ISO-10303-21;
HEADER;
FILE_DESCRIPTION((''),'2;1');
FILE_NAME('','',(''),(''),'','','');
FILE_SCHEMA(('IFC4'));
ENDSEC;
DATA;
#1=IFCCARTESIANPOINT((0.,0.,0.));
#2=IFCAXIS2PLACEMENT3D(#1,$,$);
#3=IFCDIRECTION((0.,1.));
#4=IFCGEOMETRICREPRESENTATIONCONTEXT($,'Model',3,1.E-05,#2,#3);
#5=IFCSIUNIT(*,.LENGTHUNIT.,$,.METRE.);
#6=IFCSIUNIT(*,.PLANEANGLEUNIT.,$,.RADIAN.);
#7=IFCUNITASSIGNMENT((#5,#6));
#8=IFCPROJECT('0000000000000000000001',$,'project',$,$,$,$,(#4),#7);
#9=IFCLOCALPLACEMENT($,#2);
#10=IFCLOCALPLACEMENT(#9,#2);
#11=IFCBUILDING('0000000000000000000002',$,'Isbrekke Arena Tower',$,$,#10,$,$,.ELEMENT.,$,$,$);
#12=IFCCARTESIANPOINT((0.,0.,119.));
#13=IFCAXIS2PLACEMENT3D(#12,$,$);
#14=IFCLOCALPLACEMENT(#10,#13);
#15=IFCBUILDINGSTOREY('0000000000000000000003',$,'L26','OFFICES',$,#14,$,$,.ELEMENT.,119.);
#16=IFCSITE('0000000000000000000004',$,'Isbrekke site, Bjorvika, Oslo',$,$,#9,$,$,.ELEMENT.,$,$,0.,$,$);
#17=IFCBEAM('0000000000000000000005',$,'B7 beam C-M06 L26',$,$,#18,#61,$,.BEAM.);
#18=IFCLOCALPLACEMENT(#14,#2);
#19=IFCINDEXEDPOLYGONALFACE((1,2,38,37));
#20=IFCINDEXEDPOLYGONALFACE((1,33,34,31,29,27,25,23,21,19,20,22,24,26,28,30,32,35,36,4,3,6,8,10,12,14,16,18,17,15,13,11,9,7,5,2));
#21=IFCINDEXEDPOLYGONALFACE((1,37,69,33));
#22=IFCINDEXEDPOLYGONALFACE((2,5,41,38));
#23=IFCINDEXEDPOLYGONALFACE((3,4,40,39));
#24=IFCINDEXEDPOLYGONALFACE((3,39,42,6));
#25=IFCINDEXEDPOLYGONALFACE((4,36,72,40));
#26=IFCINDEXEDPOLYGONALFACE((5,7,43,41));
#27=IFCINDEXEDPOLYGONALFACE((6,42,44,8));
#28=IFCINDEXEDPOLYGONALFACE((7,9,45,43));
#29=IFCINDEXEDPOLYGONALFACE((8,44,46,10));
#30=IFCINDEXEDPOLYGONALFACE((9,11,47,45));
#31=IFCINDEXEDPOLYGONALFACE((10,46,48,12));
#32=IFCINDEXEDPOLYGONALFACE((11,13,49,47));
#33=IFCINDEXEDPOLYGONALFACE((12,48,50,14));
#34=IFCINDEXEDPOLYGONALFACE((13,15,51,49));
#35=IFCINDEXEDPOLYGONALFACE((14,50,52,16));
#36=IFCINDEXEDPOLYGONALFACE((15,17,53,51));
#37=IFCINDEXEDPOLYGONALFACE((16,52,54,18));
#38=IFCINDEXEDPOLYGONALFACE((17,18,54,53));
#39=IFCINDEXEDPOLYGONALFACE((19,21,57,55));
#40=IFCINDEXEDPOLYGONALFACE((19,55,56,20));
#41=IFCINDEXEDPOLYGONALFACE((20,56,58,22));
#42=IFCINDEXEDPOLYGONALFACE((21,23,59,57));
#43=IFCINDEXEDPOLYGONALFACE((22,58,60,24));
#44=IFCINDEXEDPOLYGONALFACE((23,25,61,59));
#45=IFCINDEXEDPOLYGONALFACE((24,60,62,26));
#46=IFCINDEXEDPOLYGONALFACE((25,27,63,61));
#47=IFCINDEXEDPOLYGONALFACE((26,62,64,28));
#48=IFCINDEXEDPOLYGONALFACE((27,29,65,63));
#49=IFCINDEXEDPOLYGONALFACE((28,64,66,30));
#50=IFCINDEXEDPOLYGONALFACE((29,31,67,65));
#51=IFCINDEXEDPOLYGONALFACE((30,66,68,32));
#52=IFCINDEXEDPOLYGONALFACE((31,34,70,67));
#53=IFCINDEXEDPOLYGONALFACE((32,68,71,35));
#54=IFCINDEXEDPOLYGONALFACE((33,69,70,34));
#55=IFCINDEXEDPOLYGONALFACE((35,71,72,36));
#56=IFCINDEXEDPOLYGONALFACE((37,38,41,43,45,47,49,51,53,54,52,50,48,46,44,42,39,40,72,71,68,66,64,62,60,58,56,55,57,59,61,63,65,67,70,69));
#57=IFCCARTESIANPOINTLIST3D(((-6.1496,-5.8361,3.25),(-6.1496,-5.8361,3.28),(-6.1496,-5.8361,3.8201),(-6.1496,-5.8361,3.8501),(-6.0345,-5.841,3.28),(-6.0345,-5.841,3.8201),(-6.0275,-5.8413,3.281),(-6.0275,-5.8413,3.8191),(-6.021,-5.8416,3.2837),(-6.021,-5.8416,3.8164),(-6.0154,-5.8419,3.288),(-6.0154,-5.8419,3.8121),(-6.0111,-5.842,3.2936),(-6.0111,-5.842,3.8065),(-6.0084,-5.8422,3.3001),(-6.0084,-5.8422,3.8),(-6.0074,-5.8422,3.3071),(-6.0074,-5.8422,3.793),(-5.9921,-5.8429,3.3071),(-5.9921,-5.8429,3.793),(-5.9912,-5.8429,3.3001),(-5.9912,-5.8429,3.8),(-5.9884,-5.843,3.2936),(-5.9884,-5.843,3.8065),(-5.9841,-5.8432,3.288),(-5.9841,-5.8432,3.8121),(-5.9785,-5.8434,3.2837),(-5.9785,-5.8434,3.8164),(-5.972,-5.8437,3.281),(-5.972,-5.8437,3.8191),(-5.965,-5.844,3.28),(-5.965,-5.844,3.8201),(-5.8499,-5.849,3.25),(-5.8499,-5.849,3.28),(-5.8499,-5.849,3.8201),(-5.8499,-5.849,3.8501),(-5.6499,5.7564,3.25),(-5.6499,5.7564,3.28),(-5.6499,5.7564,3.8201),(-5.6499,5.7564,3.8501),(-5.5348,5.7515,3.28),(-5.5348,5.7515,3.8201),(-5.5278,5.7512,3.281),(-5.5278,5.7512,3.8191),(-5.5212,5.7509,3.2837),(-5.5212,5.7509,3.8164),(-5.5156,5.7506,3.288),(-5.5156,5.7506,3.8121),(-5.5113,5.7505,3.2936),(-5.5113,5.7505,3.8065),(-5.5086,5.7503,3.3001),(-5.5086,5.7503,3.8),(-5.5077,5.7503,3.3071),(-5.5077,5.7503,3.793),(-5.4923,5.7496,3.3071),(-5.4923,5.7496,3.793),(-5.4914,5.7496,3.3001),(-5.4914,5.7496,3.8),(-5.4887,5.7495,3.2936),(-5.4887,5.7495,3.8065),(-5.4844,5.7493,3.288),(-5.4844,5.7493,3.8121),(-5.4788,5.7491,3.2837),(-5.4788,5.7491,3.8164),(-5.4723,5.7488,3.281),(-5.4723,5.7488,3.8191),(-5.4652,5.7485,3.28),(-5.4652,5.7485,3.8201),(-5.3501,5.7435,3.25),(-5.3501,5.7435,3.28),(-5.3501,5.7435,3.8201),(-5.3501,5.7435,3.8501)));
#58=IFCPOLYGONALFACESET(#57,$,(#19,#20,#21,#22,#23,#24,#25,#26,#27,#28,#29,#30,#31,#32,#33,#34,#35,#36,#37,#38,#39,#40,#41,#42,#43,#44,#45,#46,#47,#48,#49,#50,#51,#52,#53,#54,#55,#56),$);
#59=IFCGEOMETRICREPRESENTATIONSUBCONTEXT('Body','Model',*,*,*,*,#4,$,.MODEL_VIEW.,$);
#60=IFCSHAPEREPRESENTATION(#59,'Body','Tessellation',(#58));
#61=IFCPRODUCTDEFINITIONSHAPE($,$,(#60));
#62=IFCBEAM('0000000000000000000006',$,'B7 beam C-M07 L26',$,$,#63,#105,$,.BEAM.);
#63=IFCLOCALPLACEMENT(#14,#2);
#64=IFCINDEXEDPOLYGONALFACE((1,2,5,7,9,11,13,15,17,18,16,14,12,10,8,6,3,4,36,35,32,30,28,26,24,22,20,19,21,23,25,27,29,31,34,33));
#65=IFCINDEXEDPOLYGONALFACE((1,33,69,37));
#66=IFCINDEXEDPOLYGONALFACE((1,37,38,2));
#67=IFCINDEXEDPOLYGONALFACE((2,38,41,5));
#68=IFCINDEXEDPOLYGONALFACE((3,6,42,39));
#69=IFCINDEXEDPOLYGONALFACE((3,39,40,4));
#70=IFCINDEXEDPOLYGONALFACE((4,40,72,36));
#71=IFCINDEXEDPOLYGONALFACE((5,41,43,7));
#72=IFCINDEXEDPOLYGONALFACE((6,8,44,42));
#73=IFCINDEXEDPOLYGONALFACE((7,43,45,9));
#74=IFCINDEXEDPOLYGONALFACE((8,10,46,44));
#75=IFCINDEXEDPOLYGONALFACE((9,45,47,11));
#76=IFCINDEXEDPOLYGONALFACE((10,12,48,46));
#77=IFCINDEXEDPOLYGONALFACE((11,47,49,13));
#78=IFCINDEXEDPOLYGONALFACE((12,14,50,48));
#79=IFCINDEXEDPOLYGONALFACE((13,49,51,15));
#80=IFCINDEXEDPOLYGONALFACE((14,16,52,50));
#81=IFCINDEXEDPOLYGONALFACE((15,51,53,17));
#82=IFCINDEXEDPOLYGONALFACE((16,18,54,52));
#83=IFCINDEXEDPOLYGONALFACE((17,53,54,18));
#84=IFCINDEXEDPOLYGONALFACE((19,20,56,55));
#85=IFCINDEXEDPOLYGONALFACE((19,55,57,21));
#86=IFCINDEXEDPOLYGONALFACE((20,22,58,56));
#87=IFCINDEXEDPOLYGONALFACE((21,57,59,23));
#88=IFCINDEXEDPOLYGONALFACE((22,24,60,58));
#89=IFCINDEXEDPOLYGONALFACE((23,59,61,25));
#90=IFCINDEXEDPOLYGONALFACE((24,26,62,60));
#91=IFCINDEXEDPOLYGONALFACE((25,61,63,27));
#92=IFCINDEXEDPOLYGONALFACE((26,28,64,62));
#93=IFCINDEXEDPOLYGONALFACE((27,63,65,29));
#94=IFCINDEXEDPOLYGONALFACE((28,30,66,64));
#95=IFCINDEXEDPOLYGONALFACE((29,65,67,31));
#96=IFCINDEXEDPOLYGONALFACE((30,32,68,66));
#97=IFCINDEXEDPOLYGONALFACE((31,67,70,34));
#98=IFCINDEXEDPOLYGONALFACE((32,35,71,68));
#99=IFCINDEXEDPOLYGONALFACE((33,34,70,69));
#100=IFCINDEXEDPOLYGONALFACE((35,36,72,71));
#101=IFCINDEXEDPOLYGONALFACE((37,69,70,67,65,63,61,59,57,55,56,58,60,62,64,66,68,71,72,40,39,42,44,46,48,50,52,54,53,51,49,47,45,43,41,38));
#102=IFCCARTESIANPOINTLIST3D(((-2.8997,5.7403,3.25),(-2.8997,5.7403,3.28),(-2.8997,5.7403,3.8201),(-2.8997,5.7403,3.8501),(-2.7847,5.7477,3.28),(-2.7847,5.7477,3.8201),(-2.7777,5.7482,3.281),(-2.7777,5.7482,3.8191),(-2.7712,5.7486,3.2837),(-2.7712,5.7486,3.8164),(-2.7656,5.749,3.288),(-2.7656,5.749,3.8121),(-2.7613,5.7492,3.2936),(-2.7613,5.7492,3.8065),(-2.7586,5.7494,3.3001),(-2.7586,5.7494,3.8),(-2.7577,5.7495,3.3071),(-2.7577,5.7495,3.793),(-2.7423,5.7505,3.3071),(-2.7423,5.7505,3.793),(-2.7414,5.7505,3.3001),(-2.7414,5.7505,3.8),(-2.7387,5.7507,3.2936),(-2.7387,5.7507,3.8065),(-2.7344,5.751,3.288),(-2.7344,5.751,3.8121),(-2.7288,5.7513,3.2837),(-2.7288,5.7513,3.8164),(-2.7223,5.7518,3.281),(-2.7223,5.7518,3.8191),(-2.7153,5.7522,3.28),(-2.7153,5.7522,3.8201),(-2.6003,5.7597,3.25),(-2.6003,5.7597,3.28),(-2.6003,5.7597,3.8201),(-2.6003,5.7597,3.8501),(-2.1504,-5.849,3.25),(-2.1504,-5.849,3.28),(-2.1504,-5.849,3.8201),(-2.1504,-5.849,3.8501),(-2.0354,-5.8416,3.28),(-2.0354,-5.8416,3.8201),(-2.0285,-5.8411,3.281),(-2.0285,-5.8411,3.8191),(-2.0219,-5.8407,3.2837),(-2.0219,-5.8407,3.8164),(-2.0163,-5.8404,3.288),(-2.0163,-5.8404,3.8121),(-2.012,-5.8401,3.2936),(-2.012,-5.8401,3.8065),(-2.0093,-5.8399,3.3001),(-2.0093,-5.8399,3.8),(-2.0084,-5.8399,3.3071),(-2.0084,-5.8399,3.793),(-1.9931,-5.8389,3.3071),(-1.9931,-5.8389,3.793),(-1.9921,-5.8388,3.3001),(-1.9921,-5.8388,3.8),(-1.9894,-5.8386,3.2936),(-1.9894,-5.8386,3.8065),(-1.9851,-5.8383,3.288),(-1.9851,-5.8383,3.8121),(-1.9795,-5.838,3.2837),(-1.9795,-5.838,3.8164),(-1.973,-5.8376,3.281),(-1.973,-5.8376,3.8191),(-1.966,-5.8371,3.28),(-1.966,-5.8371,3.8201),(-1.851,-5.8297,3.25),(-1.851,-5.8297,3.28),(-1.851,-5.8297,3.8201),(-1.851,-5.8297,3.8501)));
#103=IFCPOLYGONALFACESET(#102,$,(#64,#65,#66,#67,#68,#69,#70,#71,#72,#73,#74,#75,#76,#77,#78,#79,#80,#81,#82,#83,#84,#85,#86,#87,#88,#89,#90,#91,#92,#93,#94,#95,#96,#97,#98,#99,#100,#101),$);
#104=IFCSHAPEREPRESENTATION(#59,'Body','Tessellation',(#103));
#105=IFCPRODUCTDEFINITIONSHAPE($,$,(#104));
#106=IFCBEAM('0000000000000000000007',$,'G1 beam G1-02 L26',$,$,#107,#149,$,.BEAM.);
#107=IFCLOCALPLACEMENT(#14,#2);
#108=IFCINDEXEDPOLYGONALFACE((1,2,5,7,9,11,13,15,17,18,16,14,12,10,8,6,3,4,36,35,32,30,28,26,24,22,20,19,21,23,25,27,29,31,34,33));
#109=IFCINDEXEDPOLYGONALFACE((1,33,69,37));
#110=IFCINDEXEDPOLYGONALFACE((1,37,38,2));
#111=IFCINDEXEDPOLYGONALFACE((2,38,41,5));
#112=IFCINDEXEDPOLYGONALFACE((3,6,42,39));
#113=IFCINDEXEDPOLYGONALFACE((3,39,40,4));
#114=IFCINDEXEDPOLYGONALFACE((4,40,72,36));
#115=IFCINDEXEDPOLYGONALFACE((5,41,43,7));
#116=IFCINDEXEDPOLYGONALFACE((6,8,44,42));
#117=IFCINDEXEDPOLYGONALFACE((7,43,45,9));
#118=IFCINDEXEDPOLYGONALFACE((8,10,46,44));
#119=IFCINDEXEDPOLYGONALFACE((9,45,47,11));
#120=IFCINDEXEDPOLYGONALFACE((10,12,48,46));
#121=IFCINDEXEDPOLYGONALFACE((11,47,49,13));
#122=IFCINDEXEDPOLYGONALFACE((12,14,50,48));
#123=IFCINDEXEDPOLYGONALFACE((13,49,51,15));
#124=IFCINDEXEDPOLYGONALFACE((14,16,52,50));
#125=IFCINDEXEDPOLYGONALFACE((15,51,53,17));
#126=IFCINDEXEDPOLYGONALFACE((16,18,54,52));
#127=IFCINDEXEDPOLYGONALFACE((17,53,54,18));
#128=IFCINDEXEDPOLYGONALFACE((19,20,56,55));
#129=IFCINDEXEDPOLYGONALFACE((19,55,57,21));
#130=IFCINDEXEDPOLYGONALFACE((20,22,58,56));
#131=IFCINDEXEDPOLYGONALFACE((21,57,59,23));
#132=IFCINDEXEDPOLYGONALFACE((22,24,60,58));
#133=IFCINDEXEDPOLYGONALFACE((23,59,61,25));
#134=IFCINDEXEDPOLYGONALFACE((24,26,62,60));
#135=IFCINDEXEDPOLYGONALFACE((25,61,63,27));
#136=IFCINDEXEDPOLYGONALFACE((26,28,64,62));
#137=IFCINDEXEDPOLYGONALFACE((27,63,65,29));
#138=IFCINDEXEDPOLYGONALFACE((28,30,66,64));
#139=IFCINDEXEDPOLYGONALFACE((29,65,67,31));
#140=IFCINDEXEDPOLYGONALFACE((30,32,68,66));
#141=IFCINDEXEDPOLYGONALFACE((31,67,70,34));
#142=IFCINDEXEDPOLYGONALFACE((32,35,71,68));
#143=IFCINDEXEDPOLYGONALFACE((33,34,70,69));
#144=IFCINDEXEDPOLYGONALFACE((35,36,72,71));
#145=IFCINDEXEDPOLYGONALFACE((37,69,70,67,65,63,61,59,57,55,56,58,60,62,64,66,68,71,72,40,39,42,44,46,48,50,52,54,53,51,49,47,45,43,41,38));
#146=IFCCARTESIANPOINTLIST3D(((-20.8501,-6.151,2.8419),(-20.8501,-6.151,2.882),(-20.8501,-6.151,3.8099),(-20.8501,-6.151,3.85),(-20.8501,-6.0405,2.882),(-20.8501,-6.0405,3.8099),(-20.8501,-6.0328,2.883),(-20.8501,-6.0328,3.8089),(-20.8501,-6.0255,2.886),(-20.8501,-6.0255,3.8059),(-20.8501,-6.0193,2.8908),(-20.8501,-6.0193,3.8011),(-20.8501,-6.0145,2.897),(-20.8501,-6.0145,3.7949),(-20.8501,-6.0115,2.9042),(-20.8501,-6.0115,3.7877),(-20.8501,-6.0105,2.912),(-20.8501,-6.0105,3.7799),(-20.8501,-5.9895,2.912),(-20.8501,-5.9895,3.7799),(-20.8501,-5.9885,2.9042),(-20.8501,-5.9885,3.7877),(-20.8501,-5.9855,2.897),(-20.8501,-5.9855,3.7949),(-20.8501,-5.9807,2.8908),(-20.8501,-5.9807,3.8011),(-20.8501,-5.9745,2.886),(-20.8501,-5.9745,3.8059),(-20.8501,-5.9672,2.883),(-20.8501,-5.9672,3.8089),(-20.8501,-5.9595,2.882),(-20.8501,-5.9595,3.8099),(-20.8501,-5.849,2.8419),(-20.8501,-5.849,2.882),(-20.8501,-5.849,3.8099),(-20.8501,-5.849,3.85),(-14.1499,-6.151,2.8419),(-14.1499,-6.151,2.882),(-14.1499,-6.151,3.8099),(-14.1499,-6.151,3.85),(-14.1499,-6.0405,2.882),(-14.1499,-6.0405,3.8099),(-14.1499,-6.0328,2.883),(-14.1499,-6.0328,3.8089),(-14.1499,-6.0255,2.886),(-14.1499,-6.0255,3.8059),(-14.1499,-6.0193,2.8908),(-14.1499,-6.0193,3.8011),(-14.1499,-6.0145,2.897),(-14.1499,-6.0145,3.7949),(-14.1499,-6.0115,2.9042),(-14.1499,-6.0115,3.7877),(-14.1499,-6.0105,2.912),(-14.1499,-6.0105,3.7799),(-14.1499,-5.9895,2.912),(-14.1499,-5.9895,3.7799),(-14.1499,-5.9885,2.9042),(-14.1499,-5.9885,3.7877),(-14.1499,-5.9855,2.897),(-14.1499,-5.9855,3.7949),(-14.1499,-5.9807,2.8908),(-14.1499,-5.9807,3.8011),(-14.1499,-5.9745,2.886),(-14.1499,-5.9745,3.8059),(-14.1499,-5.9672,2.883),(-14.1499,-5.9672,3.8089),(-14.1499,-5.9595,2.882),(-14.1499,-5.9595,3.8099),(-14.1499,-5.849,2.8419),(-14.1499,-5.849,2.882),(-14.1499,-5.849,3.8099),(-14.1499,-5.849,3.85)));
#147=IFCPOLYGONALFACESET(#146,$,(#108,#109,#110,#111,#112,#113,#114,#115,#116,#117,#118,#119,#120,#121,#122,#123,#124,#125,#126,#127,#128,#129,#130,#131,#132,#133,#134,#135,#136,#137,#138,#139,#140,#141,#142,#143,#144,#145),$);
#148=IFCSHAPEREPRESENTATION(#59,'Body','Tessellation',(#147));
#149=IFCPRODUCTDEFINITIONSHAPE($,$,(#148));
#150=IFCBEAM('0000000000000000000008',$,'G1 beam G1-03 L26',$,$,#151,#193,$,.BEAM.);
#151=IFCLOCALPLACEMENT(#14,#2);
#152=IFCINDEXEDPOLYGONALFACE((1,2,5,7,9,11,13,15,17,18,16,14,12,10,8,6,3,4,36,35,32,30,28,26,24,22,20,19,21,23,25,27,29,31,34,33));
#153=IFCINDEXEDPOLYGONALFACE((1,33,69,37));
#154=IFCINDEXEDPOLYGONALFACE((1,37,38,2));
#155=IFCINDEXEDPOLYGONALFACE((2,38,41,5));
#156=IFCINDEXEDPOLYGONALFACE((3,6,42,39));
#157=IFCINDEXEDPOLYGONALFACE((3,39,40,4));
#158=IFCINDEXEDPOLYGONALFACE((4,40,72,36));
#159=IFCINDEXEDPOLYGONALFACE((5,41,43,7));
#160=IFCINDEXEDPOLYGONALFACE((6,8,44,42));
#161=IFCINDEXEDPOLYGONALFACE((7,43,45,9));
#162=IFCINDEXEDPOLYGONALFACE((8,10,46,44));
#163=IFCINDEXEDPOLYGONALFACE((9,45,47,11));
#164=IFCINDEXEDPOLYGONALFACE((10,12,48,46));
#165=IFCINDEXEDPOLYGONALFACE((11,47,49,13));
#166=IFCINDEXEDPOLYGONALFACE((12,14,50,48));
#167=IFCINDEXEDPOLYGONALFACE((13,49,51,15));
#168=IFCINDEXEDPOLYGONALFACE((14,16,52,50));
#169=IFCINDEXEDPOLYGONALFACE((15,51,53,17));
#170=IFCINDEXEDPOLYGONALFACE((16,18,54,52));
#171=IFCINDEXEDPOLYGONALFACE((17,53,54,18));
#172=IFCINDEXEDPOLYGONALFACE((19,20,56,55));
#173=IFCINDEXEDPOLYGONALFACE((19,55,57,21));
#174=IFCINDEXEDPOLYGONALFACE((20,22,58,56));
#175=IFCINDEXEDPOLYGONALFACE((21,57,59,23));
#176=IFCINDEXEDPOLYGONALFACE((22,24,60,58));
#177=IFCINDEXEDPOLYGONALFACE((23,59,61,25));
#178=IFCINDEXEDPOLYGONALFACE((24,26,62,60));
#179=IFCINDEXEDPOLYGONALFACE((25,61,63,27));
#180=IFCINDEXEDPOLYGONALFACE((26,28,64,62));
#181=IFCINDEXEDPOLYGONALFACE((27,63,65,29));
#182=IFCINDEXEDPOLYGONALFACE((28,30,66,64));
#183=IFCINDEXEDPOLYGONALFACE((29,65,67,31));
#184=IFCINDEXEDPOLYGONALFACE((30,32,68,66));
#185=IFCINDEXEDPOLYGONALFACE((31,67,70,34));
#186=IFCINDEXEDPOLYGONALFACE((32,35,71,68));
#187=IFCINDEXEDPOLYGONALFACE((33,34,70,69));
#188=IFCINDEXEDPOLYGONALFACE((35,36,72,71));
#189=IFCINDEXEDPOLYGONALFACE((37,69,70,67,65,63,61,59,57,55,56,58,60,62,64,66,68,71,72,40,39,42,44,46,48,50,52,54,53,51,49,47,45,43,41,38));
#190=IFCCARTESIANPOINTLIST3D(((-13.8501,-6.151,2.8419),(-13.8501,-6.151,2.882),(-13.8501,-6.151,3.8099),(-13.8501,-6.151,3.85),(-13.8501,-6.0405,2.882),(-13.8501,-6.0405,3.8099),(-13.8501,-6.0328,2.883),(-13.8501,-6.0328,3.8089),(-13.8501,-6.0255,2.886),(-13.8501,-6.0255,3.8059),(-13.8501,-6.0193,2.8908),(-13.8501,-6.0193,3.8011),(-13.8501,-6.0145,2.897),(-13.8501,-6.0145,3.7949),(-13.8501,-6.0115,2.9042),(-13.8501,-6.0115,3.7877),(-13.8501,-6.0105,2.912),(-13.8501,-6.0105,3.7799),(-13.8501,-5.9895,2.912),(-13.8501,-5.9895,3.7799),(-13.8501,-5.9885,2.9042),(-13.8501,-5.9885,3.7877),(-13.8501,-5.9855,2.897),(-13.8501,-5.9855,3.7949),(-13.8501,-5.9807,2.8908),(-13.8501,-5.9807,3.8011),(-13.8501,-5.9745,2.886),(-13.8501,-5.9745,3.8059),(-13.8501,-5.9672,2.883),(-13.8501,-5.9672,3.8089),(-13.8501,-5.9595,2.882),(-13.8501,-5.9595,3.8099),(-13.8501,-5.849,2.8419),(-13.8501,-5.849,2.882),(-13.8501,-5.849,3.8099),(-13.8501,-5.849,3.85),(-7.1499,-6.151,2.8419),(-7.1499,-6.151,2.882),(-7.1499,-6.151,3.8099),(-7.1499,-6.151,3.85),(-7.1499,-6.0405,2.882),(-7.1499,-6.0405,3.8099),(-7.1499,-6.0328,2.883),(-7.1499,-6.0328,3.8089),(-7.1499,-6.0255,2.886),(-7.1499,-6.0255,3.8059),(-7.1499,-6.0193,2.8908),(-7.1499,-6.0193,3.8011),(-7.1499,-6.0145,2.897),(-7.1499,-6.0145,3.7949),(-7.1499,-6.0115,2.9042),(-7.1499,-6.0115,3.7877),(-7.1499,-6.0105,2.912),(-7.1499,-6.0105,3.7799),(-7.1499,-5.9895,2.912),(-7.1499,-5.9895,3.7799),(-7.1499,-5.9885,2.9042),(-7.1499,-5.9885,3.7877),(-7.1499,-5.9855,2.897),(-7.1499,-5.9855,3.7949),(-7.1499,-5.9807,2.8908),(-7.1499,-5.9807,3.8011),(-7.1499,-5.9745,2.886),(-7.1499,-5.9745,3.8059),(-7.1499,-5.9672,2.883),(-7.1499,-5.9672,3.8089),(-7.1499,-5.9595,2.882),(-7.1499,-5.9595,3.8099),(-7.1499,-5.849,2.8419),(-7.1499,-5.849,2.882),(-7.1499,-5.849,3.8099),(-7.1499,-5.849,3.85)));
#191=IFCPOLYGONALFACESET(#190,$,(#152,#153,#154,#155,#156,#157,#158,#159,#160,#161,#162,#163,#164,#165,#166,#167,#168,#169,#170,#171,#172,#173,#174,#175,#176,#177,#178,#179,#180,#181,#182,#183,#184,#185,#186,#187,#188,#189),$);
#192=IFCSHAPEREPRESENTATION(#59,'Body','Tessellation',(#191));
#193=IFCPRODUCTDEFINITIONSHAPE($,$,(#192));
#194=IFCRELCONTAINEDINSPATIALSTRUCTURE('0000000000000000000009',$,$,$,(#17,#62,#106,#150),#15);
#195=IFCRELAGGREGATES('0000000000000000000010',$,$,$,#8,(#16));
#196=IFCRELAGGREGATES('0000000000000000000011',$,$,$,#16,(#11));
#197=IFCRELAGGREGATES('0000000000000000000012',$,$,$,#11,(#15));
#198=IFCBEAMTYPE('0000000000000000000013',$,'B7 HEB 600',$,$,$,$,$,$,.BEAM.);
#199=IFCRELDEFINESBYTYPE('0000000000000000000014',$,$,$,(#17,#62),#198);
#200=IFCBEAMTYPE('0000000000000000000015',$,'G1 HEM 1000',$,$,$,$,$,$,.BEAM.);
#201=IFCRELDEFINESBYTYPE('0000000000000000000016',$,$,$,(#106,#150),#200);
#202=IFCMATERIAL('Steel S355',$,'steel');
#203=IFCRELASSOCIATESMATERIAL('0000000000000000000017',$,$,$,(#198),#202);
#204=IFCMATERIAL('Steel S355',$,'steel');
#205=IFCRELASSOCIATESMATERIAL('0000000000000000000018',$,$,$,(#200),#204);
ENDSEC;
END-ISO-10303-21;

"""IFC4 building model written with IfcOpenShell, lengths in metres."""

from ifc_helpers import new_model, si_unit, direction, frame, origin, origin_2d, place, context, subcontext, project, spatial, i_section, extrude, material, material_profile, profile_set, type_object, element, save


model = new_model("IFC4")

# Units and contexts
model_context = context("Model", 3, precision=1e-05, world=origin(), true_north=direction((0.0, 1.0)))
body_context = subcontext(model_context, "Body", "Model", "MODEL_VIEW")
ifc_project = project(units=[si_unit("LENGTHUNIT", "METRE"), si_unit("PLANEANGLEUNIT", "RADIAN")], contexts=[model_context])

# Site, building, storey
site_placement = place(None, origin())
site = spatial("IfcSite", under=ifc_project, at=site_placement, Name="Isbrekke site, Bjorvika, Oslo", CompositionType="ELEMENT", RefElevation=0.0)
building_placement = place(site_placement, origin())
building = spatial("IfcBuilding", under=site, at=building_placement, Name="Isbrekke Arena Tower", CompositionType="ELEMENT")
storey_placement = place(building_placement, frame((0.0, 0.0, 119.0)))
storey = spatial("IfcBuildingStorey", under=building, at=storey_placement, Name="L26", Description="OFFICES", CompositionType="ELEMENT", Elevation=119.0)

# Beams
ifc_material_1 = material(Name="Steel S355", Category="steel")
ifc_material_profile_1 = material_profile(ifc_material_1, i_section(OverallWidth=0.3, OverallDepth=0.6001, WebThickness=0.0154, FlangeThickness=0.03, FilletRadius=0.0271, at=origin_2d()), Name="HEB 600")
ifc_profile_set_1 = profile_set([ifc_material_profile_1], Name="Steel S355")
beam_type_1 = type_object("IfcBeamType", Name="B7 HEB 600", PredefinedType="BEAM", material=ifc_profile_set_1)
beam_1_placement = place(storey_placement, frame((-5.9998, -5.8425, 3.55), z_axis=(0.04307, 0.999072, 0.0), x_axis=(-0.999072, 0.04307, 0.0)))
element("IfcBeam", 1, at=beam_1_placement, inside=storey, type_object=beam_type_1, Name="B7 beam C-M06 L26", PredefinedType="BEAM", context=body_context, shape_type="SweptSolid", body=[
    extrude(i_section(OverallWidth=0.3, OverallDepth=0.6001, WebThickness=0.0154, FlangeThickness=0.03, FilletRadius=0.0271, at=origin_2d()), origin(), (0.0, 0.0, 1.0), 11.6033),
])
beam_2_placement = place(storey_placement, frame((-2.0007, -5.8394, 3.55), z_axis=(-0.064517, 0.997917, 0.0), x_axis=(-0.997917, -0.064517, 0.0)))
element("IfcBeam", 2, at=beam_2_placement, inside=storey, type_object=beam_type_1, Name="B7 beam C-M07 L26", PredefinedType="BEAM", context=body_context, shape_type="SweptSolid", body=[
    extrude(i_section(OverallWidth=0.3, OverallDepth=0.6001, WebThickness=0.0154, FlangeThickness=0.03, FilletRadius=0.0271, at=origin_2d()), origin(), (0.0, 0.0, 1.0), 11.6135),
])
ifc_material_2 = material(Name="Steel S355", Category="steel")
ifc_material_profile_2 = material_profile(ifc_material_2, i_section(OverallWidth=0.302, OverallDepth=1.0081, WebThickness=0.021, FlangeThickness=0.04, FilletRadius=0.03, at=origin_2d()), Name="HEM 1000")
ifc_profile_set_2 = profile_set([ifc_material_profile_2], Name="Steel S355")
beam_type_2 = type_object("IfcBeamType", Name="G1 HEM 1000", PredefinedType="BEAM", material=ifc_profile_set_2)
for number, where, z_axis, x_axis, name in (
    (3, (-20.8501, -6.0, 3.3459), (1.0, 0.0, 0.0), (0.0, 1.0, 0.0), "G1 beam G1-02 L26"),
    (4, (-13.8501, -6.0, 3.3459), (1.0, 0.0, 0.0), (0.0, 1.0, 0.0), "G1 beam G1-03 L26"),
):
    element("IfcBeam", number, at=place(storey_placement, frame(where, z_axis=z_axis, x_axis=x_axis)), inside=storey, type_object=beam_type_2, Name=name, PredefinedType="BEAM", context=body_context, shape_type="SweptSolid", body=[
        extrude(i_section(OverallWidth=0.302, OverallDepth=1.0081, WebThickness=0.021, FlangeThickness=0.04, FilletRadius=0.03, at=origin_2d()), origin(), (0.0, 0.0, 1.0), 6.7002),
    ])

save(model, "model.ifc")
